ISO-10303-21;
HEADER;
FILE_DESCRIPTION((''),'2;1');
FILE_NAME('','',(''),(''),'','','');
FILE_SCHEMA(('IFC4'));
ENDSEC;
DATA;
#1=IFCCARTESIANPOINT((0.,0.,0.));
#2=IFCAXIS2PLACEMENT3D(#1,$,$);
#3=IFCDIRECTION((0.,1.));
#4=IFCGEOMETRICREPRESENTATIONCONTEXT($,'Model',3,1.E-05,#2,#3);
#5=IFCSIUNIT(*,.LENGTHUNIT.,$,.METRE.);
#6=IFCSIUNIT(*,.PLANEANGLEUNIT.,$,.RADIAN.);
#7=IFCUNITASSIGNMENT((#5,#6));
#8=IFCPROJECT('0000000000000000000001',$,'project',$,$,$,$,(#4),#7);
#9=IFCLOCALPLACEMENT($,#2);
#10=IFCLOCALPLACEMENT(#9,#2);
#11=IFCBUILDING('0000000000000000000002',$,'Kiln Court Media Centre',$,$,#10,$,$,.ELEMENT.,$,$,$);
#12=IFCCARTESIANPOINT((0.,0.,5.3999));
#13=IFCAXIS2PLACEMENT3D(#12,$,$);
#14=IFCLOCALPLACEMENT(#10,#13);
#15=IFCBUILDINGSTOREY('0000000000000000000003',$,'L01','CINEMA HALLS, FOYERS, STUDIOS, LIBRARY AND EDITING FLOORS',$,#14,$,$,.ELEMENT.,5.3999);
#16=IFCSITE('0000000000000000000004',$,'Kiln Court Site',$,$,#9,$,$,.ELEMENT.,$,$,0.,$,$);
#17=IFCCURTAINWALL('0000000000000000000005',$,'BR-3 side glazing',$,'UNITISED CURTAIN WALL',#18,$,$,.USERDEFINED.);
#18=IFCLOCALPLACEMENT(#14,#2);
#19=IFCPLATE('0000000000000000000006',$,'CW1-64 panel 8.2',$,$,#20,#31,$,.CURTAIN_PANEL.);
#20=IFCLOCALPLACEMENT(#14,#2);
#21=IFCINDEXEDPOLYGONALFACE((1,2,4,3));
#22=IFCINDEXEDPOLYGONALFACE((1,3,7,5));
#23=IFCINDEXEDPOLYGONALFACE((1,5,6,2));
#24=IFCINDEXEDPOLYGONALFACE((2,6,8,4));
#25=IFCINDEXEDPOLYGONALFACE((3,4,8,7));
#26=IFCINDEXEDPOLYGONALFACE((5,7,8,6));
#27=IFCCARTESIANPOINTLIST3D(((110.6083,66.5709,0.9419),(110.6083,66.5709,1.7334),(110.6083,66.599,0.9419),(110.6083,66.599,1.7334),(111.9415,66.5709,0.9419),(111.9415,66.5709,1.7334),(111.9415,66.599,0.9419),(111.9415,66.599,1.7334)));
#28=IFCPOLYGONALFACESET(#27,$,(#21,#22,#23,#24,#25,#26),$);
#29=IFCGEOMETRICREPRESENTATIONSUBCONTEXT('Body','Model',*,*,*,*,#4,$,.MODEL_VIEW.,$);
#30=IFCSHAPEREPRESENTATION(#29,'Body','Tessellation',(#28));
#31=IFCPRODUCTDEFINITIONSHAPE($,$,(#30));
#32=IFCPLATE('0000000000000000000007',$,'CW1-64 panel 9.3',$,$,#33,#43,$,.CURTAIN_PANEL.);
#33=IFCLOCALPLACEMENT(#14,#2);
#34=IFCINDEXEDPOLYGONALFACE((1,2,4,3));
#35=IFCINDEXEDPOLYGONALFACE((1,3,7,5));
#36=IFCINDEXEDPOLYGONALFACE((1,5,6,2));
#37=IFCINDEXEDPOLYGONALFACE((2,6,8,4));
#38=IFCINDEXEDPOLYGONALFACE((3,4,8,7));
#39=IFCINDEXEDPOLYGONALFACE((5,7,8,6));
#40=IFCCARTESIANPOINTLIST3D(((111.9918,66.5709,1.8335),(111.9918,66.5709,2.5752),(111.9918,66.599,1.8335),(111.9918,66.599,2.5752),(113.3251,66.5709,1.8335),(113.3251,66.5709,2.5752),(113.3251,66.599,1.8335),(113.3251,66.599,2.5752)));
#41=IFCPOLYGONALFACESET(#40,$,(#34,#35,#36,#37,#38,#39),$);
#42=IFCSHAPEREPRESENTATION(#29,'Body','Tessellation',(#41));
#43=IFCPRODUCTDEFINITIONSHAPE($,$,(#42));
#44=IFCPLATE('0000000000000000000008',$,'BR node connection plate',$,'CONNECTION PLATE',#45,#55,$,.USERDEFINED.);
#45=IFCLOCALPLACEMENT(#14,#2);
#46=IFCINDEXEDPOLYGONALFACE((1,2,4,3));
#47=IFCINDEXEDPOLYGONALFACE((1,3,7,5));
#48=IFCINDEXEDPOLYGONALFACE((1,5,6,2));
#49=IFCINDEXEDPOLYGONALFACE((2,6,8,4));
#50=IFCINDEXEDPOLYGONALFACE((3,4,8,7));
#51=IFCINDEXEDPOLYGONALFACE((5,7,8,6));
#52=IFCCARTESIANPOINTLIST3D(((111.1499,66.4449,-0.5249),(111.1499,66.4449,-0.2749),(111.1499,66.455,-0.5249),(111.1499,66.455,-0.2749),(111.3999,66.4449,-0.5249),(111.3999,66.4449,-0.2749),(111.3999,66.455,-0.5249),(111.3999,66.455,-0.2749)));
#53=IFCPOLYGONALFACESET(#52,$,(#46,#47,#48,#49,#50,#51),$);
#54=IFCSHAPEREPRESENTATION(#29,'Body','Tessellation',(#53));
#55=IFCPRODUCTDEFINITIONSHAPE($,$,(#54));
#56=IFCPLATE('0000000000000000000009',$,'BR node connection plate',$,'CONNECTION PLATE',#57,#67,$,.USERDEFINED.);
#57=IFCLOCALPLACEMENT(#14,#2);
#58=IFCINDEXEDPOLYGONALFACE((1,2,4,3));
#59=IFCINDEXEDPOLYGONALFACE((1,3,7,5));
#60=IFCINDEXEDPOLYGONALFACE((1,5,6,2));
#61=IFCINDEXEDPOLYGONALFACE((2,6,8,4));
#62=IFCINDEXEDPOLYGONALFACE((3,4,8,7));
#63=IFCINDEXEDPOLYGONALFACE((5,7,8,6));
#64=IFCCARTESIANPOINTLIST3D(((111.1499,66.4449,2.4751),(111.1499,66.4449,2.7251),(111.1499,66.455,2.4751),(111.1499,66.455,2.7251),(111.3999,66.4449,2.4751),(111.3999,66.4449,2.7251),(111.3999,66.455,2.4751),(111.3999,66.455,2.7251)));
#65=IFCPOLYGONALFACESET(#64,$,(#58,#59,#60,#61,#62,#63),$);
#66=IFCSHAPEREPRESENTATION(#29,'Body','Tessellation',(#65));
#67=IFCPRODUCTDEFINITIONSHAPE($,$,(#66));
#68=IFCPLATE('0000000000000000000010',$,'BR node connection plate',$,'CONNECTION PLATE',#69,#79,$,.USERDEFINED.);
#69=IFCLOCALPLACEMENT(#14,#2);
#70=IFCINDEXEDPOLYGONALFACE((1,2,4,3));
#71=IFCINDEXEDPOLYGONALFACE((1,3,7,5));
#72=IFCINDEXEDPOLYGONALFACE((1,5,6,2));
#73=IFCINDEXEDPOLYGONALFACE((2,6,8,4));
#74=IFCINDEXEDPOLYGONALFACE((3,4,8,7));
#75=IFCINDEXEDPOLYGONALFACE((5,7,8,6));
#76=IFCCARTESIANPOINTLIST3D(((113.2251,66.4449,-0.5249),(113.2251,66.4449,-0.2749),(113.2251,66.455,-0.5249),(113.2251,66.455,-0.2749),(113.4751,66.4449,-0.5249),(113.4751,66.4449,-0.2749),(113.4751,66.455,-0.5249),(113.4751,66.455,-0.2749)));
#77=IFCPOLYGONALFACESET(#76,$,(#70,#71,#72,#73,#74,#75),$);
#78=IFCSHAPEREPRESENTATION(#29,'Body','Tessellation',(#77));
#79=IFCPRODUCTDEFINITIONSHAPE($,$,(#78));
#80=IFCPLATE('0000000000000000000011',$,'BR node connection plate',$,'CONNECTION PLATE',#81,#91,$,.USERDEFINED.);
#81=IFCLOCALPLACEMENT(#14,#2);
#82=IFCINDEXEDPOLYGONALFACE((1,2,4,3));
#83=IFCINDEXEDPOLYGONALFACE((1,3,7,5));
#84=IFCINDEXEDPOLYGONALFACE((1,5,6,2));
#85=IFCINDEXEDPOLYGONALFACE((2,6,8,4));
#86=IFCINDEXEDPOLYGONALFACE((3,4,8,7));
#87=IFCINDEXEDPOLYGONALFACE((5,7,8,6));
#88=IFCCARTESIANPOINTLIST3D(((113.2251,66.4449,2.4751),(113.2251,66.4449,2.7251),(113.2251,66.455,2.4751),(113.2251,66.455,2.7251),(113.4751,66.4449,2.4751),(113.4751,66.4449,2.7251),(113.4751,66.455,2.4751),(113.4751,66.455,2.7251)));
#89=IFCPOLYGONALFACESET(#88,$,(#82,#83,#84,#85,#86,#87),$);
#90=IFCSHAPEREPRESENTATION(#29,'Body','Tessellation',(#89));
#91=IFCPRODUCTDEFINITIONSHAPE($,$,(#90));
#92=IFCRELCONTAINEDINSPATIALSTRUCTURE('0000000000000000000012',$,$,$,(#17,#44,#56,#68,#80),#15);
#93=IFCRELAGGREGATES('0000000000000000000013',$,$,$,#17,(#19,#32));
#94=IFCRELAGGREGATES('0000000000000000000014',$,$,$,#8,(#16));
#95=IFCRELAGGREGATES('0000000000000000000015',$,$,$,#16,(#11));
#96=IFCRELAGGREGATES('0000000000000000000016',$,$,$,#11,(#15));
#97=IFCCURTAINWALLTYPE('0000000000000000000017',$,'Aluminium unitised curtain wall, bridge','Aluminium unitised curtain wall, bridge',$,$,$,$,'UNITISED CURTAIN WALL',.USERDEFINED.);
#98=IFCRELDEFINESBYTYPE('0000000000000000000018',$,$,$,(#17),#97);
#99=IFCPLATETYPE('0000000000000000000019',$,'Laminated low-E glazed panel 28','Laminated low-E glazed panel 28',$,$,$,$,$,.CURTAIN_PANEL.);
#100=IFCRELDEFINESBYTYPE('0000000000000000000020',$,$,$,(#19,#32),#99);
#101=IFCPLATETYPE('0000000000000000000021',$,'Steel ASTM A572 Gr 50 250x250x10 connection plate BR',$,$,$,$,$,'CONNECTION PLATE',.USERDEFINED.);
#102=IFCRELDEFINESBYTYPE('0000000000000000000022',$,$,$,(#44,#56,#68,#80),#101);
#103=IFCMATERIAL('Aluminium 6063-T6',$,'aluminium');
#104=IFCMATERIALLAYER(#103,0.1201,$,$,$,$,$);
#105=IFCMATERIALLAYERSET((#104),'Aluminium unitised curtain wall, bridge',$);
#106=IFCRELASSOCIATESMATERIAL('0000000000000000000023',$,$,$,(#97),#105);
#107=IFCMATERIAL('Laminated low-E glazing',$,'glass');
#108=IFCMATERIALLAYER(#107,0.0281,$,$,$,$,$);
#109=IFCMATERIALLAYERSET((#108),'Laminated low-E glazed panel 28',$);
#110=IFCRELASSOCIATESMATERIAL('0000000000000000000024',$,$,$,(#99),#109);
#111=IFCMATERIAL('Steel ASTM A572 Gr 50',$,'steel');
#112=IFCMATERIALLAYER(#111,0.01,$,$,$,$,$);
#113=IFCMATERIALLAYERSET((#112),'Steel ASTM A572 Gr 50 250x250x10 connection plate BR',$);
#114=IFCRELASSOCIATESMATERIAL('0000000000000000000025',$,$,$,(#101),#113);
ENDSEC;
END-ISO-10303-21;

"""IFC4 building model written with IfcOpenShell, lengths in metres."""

from ifc_helpers import new_model, si_unit, direction, frame, origin, origin_2d, place, context, subcontext, project, spatial, rectangle, extrude, material, layer, layer_set, type_object, element, aggregate, save


model = new_model("IFC4")

# Units and contexts
model_context = context("Model", 3, precision=1e-05, world=origin(), true_north=direction((0.0, 1.0)))
body_context = subcontext(model_context, "Body", "Model", "MODEL_VIEW")
ifc_project = project(units=[si_unit("LENGTHUNIT", "METRE"), si_unit("PLANEANGLEUNIT", "RADIAN")], contexts=[model_context])

# Site, building, storey
site_placement = place(None, origin())
site = spatial("IfcSite", under=ifc_project, at=site_placement, Name="Kiln Court Site", CompositionType="ELEMENT", RefElevation=0.0)
building_placement = place(site_placement, origin())
building = spatial("IfcBuilding", under=site, at=building_placement, Name="Kiln Court Media Centre", CompositionType="ELEMENT")
storey_placement = place(building_placement, frame((0.0, 0.0, 5.3999)))
storey = spatial("IfcBuildingStorey", under=building, at=storey_placement, Name="L01", Description="CINEMA HALLS, FOYERS, STUDIOS, LIBRARY AND EDITING FLOORS", CompositionType="ELEMENT", Elevation=5.3999)

# Curtain wall
ifc_material_1 = material(Name="Aluminium 6063-T6", Category="aluminium")
ifc_layer_1 = layer(ifc_material_1, 0.1201)
ifc_layer_set_1 = layer_set([ifc_layer_1], Name="Aluminium unitised curtain wall, bridge")
curtain_wall_type = type_object("IfcCurtainWallType", Name="Aluminium unitised curtain wall, bridge", Description="Aluminium unitised curtain wall, bridge", ElementType="UNITISED CURTAIN WALL", PredefinedType="USERDEFINED", material=ifc_layer_set_1)
curtain_wall_placement = place(storey_placement, origin())
curtain_wall = element("IfcCurtainWall", 1, at=curtain_wall_placement, inside=storey, type_object=curtain_wall_type, Name="BR-3 side glazing", ObjectType="UNITISED CURTAIN WALL", PredefinedType="USERDEFINED")

# Plates
ifc_material_2 = material(Name="Laminated low-E glazing", Category="glass")
ifc_layer_2 = layer(ifc_material_2, 0.0281)
ifc_layer_set_2 = layer_set([ifc_layer_2], Name="Laminated low-E glazed panel 28")
plate_type_1 = type_object("IfcPlateType", Name="Laminated low-E glazed panel 28", Description="Laminated low-E glazed panel 28", PredefinedType="CURTAIN_PANEL", material=ifc_layer_set_2)
plate_1_placement = place(storey_placement, frame((111.2749, 66.585, 0.9419), z_axis=(0.0, 0.0, 1.0), x_axis=(1.0, 0.0, 0.0)))
plate_1 = element("IfcPlate", 2, at=plate_1_placement, type_object=plate_type_1, Name="CW1-64 panel 8.2", PredefinedType="CURTAIN_PANEL", context=body_context, shape_type="SweptSolid", body=[
    extrude(rectangle(XDim=1.3333, YDim=0.0281, at=origin_2d()), origin(), (0.0, 0.0, 1.0), 0.7915),
])
plate_2_placement = place(storey_placement, frame((112.6584, 66.585, 1.8335), z_axis=(0.0, 0.0, 1.0), x_axis=(1.0, 0.0, 0.0)))
plate_2 = element("IfcPlate", 3, at=plate_2_placement, type_object=plate_type_1, Name="CW1-64 panel 9.3", PredefinedType="CURTAIN_PANEL", context=body_context, shape_type="SweptSolid", body=[
    extrude(rectangle(XDim=1.3333, YDim=0.0281, at=origin_2d()), origin(), (0.0, 0.0, 1.0), 0.7417),
])
aggregate(curtain_wall, [plate_1, plate_2])

# Plates
ifc_material_3 = material(Name="Steel ASTM A572 Gr 50", Category="steel")
ifc_layer_3 = layer(ifc_material_3, 0.01)
ifc_layer_set_3 = layer_set([ifc_layer_3], Name="Steel ASTM A572 Gr 50 250x250x10 connection plate BR")
plate_type_2 = type_object("IfcPlateType", Name="Steel ASTM A572 Gr 50 250x250x10 connection plate BR", ElementType="CONNECTION PLATE", PredefinedType="USERDEFINED", material=ifc_layer_set_3)
for number, where, z_axis, x_axis, name in (
    (4, (111.2749, 66.45, -0.5249), (0.0, 0.0, 1.0), (1.0, 0.0, 0.0), "BR node connection plate"),
    (5, (111.2749, 66.45, 2.4751), (0.0, 0.0, 1.0), (1.0, 0.0, 0.0), "BR node connection plate"),
    (6, (113.3501, 66.45, -0.5249), (0.0, 0.0, 1.0), (1.0, 0.0, 0.0), "BR node connection plate"),
    (7, (113.3501, 66.45, 2.4751), (0.0, 0.0, 1.0), (1.0, 0.0, 0.0), "BR node connection plate"),
):
    element("IfcPlate", number, at=place(storey_placement, frame(where, z_axis=z_axis, x_axis=x_axis)), inside=storey, type_object=plate_type_2, Name=name, ObjectType="CONNECTION PLATE", PredefinedType="USERDEFINED", context=body_context, shape_type="SweptSolid", body=[
        extrude(rectangle(XDim=0.25, YDim=0.01, at=origin_2d()), origin(), (0.0, 0.0, 1.0), 0.25),
    ])

save(model, "model.ifc")
